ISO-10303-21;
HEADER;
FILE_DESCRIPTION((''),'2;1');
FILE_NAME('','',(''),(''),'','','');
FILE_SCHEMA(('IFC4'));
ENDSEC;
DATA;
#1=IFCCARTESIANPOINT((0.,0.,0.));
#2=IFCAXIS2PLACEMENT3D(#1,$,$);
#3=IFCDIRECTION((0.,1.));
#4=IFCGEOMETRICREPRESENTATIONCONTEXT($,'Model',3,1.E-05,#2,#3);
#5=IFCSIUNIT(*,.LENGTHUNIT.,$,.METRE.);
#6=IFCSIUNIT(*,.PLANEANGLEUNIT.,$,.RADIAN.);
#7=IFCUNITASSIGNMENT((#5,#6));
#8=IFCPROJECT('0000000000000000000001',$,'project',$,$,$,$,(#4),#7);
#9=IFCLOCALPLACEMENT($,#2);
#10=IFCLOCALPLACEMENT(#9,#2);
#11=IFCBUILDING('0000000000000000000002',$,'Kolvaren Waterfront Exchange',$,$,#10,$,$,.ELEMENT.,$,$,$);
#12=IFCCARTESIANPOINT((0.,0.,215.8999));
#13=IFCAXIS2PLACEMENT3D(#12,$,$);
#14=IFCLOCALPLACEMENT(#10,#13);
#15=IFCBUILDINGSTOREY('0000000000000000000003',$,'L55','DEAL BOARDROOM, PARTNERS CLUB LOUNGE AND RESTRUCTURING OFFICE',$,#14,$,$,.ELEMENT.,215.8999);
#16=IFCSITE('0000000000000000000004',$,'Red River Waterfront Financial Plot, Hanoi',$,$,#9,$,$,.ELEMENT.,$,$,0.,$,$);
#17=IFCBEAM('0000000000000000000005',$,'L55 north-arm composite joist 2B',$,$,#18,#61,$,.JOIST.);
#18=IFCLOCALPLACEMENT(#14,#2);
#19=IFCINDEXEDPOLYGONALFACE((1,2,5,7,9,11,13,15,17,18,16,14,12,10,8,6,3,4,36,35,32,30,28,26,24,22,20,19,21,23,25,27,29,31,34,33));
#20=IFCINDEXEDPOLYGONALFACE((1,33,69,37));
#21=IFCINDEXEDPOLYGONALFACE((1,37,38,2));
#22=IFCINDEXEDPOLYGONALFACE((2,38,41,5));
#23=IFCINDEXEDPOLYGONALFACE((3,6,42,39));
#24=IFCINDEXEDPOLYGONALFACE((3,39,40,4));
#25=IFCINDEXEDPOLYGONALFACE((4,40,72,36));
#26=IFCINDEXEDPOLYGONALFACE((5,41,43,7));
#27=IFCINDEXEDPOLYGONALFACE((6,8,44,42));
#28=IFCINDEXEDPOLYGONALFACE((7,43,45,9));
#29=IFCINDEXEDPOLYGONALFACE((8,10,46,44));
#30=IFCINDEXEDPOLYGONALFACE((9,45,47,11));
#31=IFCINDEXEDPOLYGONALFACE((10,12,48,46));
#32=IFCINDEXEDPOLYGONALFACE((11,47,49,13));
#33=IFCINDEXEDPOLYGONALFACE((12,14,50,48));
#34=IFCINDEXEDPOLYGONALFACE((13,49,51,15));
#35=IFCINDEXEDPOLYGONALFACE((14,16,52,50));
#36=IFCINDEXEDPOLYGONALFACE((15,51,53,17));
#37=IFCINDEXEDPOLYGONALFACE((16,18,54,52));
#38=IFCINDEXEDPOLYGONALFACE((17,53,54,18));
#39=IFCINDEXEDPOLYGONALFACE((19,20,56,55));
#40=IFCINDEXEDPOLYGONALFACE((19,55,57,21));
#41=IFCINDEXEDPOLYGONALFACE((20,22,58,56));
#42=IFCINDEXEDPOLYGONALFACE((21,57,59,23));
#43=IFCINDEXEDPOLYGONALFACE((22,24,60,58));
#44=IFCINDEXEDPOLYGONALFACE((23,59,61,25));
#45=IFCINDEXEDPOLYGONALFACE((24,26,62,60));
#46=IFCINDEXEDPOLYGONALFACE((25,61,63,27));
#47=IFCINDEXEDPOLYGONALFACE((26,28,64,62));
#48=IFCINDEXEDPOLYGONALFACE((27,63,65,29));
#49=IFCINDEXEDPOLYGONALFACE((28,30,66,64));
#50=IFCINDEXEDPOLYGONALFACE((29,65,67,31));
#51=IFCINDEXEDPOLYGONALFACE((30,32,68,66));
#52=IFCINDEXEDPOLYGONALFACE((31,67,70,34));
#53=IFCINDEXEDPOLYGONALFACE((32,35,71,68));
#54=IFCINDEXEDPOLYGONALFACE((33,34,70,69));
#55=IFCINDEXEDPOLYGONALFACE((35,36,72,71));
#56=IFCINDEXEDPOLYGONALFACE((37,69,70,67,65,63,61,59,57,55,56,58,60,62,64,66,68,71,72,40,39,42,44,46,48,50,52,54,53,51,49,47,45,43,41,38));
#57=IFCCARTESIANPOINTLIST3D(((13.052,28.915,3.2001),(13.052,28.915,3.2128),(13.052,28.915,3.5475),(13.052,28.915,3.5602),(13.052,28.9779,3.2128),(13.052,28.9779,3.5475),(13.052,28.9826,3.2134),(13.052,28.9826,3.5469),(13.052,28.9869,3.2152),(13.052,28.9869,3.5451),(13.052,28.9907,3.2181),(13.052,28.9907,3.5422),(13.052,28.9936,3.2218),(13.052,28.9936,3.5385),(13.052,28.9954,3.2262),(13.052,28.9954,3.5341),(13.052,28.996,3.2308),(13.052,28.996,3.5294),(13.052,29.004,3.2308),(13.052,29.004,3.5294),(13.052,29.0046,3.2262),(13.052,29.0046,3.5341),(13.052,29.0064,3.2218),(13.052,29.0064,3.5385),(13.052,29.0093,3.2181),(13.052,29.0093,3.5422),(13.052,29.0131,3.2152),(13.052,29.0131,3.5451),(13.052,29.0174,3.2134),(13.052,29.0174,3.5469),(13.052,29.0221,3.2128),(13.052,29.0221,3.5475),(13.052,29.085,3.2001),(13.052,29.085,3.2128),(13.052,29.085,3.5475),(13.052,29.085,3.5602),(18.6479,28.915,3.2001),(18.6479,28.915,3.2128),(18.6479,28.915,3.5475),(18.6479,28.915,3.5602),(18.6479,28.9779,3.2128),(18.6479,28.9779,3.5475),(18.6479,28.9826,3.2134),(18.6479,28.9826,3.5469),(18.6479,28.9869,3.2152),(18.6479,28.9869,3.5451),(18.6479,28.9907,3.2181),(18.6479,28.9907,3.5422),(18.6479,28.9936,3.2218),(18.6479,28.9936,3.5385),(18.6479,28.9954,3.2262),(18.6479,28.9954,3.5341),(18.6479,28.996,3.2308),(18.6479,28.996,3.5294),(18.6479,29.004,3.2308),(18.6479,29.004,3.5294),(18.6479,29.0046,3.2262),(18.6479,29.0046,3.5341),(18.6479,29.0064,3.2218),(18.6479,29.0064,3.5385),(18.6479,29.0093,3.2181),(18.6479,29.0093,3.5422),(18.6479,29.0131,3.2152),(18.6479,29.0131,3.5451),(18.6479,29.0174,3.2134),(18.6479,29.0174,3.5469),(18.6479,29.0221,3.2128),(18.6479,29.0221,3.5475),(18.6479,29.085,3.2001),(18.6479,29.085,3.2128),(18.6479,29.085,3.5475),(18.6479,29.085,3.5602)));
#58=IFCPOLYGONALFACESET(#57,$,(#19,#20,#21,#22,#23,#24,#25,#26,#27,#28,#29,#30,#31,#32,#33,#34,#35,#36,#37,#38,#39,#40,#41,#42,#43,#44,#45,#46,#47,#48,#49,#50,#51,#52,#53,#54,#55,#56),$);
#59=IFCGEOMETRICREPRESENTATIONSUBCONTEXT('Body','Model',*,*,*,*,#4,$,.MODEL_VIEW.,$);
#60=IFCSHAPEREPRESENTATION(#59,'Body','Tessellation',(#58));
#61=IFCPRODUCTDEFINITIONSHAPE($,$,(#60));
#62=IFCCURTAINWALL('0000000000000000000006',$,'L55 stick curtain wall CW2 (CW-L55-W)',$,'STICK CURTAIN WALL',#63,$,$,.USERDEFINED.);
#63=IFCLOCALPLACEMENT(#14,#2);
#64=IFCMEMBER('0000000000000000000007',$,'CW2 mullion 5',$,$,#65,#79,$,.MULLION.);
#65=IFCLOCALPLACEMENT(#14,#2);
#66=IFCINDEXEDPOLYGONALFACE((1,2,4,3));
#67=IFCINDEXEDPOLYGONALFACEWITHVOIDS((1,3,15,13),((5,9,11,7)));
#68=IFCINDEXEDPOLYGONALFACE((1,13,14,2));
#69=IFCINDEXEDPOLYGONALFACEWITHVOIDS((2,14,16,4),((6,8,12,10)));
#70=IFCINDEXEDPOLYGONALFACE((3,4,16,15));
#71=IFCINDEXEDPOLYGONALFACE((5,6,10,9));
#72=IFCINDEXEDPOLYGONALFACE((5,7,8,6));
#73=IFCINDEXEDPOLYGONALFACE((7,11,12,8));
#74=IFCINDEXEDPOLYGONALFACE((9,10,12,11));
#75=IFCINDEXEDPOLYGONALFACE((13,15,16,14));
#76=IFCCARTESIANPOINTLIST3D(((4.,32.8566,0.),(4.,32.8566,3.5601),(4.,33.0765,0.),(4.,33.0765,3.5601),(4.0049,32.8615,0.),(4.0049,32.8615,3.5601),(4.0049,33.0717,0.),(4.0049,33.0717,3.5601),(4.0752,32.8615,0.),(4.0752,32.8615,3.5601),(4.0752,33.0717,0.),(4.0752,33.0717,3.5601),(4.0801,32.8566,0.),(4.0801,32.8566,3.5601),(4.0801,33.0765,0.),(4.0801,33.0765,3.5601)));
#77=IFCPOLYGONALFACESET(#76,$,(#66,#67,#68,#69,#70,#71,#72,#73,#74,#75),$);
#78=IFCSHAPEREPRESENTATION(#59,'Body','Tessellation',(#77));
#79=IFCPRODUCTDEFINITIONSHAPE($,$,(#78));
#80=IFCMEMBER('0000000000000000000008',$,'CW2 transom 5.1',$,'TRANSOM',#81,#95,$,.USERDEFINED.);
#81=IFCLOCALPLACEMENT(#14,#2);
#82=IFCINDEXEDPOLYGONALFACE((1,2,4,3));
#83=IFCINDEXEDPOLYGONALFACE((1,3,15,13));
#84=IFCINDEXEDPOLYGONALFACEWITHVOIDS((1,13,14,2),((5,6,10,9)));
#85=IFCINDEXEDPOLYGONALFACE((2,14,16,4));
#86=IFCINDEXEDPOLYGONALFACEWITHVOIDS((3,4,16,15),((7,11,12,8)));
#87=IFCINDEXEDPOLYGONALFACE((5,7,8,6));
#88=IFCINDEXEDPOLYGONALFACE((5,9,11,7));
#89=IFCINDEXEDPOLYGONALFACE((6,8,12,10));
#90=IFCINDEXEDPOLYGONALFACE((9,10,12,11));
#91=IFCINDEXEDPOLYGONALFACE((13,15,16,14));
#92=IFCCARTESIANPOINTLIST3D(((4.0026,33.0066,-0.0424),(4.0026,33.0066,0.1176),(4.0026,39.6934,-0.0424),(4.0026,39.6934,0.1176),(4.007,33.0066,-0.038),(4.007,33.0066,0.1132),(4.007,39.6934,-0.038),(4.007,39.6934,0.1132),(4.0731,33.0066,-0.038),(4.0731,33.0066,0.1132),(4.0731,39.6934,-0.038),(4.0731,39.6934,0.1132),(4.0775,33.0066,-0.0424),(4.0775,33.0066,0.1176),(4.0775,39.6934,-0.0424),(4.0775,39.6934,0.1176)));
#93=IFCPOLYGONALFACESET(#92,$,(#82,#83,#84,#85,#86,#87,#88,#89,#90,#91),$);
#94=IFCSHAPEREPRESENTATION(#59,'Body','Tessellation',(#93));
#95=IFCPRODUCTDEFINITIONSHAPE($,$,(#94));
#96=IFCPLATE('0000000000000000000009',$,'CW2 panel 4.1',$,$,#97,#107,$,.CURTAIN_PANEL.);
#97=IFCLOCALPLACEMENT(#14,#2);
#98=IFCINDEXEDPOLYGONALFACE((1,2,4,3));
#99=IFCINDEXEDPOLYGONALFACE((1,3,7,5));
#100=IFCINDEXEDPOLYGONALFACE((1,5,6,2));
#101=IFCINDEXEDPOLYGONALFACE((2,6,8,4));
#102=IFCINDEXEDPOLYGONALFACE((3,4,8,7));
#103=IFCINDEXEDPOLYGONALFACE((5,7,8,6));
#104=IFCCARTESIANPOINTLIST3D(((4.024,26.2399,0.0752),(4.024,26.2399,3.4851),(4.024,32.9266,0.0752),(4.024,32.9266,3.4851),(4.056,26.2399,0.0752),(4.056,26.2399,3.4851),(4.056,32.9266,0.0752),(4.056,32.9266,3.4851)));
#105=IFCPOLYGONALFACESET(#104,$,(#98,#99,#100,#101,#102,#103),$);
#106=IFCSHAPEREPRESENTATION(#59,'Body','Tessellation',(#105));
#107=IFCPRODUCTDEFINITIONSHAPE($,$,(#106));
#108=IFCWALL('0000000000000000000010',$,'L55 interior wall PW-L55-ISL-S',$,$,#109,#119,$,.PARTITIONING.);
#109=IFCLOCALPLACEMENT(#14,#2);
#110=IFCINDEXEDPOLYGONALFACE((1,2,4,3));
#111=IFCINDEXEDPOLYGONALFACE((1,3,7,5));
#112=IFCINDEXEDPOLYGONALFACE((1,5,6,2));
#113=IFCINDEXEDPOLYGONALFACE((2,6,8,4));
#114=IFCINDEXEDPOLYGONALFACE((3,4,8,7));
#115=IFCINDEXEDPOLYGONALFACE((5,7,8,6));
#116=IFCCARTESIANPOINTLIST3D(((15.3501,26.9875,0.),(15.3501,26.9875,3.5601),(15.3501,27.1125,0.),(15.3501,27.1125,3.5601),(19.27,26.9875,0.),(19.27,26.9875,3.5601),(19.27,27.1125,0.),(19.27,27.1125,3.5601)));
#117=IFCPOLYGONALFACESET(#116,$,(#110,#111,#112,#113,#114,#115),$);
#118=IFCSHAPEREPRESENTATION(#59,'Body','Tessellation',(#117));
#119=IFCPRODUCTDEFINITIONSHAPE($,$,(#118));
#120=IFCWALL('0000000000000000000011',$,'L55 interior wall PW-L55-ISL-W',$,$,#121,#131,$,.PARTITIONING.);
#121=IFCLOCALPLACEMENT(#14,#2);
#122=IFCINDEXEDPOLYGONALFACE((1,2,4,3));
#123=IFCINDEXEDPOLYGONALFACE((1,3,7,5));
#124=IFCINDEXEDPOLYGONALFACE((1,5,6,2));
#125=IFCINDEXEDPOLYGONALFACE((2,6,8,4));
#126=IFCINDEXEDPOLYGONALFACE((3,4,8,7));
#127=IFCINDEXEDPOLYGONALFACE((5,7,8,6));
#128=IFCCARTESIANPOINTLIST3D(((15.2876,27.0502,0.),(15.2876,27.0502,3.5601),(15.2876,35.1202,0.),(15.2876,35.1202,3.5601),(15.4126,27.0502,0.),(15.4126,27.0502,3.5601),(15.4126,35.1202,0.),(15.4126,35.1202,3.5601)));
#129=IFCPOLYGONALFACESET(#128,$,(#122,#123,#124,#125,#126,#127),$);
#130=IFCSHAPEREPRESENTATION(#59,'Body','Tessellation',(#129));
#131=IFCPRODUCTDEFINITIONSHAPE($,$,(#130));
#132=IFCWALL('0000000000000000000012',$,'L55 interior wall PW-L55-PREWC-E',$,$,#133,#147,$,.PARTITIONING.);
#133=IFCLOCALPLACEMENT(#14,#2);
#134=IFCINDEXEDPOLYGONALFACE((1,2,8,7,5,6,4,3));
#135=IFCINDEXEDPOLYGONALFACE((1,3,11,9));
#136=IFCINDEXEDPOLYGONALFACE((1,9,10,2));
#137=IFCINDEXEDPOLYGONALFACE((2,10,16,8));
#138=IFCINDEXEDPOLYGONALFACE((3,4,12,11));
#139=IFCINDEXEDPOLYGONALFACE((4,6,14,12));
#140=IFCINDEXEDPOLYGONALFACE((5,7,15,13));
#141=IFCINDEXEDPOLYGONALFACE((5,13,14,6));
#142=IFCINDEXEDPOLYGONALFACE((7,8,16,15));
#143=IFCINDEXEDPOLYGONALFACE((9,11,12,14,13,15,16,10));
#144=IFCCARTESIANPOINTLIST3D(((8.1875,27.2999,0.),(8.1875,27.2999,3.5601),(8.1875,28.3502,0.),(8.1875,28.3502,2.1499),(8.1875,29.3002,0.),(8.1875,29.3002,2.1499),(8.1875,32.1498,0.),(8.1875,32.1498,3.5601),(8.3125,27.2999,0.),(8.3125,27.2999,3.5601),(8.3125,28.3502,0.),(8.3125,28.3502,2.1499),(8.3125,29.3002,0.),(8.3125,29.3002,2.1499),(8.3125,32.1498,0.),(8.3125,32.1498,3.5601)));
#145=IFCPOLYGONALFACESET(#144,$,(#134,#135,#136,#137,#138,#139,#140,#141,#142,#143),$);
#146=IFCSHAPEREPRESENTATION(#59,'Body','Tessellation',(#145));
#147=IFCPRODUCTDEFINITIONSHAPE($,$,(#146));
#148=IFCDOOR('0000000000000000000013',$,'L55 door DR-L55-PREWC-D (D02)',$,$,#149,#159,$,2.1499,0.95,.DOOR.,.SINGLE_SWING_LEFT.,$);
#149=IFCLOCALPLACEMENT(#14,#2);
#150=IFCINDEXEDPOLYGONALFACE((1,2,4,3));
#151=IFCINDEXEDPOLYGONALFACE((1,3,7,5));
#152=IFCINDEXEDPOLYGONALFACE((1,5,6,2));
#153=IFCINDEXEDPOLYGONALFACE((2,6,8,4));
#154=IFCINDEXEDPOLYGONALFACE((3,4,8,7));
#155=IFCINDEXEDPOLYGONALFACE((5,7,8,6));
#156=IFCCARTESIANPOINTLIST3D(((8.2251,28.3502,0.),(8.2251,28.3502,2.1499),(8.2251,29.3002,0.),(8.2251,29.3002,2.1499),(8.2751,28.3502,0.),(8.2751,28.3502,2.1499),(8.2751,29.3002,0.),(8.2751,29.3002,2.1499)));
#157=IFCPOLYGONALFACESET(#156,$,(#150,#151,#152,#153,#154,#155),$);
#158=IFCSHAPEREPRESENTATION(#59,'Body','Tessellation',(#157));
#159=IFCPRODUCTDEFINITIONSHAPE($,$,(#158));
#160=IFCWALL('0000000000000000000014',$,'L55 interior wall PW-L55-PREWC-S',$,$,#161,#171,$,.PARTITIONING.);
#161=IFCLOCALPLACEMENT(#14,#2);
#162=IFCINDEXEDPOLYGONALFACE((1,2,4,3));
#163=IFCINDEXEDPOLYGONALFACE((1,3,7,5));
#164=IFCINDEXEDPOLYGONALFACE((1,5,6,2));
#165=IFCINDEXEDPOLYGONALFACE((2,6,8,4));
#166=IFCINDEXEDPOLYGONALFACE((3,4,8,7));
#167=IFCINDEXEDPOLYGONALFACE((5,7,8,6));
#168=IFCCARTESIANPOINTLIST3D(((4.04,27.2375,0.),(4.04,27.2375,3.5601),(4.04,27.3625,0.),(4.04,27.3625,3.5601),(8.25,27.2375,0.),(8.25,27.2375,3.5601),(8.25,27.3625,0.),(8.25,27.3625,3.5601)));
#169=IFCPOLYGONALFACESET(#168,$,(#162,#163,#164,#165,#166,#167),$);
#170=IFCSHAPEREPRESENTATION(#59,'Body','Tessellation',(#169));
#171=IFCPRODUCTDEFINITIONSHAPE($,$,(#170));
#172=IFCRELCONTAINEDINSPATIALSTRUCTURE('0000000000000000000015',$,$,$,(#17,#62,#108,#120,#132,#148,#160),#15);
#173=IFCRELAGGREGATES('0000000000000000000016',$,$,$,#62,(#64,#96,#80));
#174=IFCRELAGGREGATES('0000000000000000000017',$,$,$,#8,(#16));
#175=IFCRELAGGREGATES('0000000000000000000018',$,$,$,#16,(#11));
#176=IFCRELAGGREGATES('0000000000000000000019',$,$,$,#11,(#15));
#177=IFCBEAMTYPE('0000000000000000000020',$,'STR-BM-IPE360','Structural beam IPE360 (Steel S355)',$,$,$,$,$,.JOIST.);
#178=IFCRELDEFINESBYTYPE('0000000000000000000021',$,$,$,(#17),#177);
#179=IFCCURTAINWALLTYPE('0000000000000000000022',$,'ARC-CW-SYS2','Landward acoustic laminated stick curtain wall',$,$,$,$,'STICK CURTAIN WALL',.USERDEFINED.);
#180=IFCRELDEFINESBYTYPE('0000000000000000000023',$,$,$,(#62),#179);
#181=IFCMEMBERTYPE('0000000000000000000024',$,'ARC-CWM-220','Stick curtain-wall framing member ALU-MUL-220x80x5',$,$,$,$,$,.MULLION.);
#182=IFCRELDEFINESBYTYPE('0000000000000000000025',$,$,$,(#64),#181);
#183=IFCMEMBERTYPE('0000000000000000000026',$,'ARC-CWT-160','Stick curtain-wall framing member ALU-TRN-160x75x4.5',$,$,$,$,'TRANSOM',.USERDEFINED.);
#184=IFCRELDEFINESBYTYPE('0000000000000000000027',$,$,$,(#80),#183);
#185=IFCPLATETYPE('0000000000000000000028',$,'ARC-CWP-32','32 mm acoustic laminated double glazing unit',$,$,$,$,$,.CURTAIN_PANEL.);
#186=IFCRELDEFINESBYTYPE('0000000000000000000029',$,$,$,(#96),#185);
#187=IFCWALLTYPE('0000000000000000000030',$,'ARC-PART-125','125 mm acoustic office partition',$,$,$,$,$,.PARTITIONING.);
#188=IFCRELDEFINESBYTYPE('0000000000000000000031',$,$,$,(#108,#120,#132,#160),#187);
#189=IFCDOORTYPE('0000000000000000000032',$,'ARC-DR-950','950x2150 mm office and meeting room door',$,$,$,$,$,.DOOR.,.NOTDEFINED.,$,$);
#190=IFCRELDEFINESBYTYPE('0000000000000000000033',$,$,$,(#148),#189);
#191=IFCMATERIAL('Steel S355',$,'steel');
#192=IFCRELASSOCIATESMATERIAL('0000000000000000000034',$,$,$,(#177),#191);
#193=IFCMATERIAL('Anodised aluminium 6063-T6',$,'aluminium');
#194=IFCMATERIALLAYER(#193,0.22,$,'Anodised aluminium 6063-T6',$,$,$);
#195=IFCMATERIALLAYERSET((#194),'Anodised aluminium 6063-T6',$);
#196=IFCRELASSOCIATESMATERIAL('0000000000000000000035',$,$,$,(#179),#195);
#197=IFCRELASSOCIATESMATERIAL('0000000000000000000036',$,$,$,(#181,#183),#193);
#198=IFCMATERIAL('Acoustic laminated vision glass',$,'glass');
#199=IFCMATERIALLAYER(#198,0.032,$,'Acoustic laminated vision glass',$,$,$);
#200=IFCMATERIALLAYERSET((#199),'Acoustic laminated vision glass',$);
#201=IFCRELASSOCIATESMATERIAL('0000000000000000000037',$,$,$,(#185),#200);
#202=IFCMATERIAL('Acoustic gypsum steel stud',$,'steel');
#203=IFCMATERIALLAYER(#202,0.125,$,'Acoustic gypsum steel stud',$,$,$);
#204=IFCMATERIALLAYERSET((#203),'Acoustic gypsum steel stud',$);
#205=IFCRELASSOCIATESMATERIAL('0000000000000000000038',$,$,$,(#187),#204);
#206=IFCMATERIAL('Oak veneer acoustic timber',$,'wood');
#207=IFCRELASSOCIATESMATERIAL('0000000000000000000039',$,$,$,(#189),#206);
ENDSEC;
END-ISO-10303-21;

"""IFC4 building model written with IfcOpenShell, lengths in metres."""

from ifc_helpers import new_model, si_unit, direction, frame, frame_2d, origin, origin_with_axes, origin_2d, place, context, subcontext, project, spatial, rectangle, hollow_rectangle, i_section, extrude, source, transform, mapped, material, layer, layer_set, material_profile, profile_set, type_object, element, fill, aggregate, save


model = new_model("IFC4")

# Units and contexts
model_context = context("Model", 3, precision=1e-05, world=origin(), true_north=direction((0.0, 1.0)))
body_context = subcontext(model_context, "Body", "Model", "MODEL_VIEW")
ifc_project = project(units=[si_unit("LENGTHUNIT", "METRE"), si_unit("PLANEANGLEUNIT", "RADIAN")], contexts=[model_context])

# Site, building, storey
site_placement = place(None, origin())
site = spatial("IfcSite", under=ifc_project, at=site_placement, Name="Red River Waterfront Financial Plot, Hanoi", CompositionType="ELEMENT", RefElevation=0.0)
building_placement = place(site_placement, origin())
building = spatial("IfcBuilding", under=site, at=building_placement, Name="Kolvaren Waterfront Exchange", CompositionType="ELEMENT")
storey_placement = place(building_placement, frame((0.0, 0.0, 215.8999)))
storey = spatial("IfcBuildingStorey", under=building, at=storey_placement, Name="L55", Description="DEAL BOARDROOM, PARTNERS CLUB LOUNGE AND RESTRUCTURING OFFICE", CompositionType="ELEMENT", Elevation=215.8999)

# Beam
ifc_material_1 = material(Name="Steel S355", Category="steel")
ifc_material_profile_1 = material_profile(ifc_material_1, i_section(OverallWidth=0.1699, OverallDepth=0.3601, WebThickness=0.0081, FlangeThickness=0.0127, FilletRadius=0.0181, at=origin_2d()), Name="IPE360")
ifc_profile_set_1 = profile_set([ifc_material_profile_1], Name="Steel S355")
beam_type_1 = type_object("IfcBeamType", Name="STR-BM-IPE360", Description="Structural beam IPE360 (Steel S355)", PredefinedType="JOIST", material=ifc_profile_set_1)
beam_1_placement = place(storey_placement, frame((13.052, 29.0, 3.3801), z_axis=(1.0, 0.0, 0.0), x_axis=(0.0, 1.0, 0.0)))
element("IfcBeam", 1, at=beam_1_placement, inside=storey, type_object=beam_type_1, Name="L55 north-arm composite joist 2B", PredefinedType="JOIST", context=body_context, shape_type="SweptSolid", body=[
    extrude(i_section(OverallWidth=0.1699, OverallDepth=0.3601, WebThickness=0.0081, FlangeThickness=0.0127, FilletRadius=0.0181, at=origin_2d()), origin(), (0.0, 0.0, 1.0), 5.5959),
])

# Curtain wall, members, plate
ifc_material_2 = material(Name="Anodised aluminium 6063-T6", Category="aluminium")
ifc_layer_1 = layer(ifc_material_2, 0.22, Name="Anodised aluminium 6063-T6")
ifc_layer_set_1 = layer_set([ifc_layer_1], Name="Anodised aluminium 6063-T6")
curtain_wall_type = type_object("IfcCurtainWallType", Name="ARC-CW-SYS2", Description="Landward acoustic laminated stick curtain wall", ElementType="STICK CURTAIN WALL", PredefinedType="USERDEFINED", material=ifc_layer_set_1)
curtain_wall_placement = place(storey_placement, origin())
curtain_wall = element("IfcCurtainWall", 2, at=curtain_wall_placement, inside=storey, type_object=curtain_wall_type, Name="L55 stick curtain wall CW2 (CW-L55-W)", ObjectType="STICK CURTAIN WALL", PredefinedType="USERDEFINED")
ifc_material_profile_2 = material_profile(ifc_material_2, hollow_rectangle(XDim=0.0801, YDim=0.22, WallThickness=0.0049, at=origin_2d()), Name="ALU-MUL-220x80x5")
ifc_profile_set_2 = profile_set([ifc_material_profile_2], Name="Anodised aluminium 6063-T6")
member_type_1 = type_object("IfcMemberType", Name="ARC-CWM-220", Description="Stick curtain-wall framing member ALU-MUL-220x80x5", PredefinedType="MULLION", material=ifc_profile_set_2)
shared_shape_1 = source(origin_with_axes(), body_context, "Body", "SweptSolid", [
    extrude(hollow_rectangle(XDim=0.0801, YDim=0.22, WallThickness=0.0049, at=origin_2d()), origin(), (0.0, 0.0, 1.0), 3.5601),
])
member_1_placement = place(storey_placement, frame((4.04, 32.9666, 0.0), z_axis=(0.0, 0.0, 1.0), x_axis=(-1.0, 0.0, 0.0)))
member_1 = element("IfcMember", 3, at=member_1_placement, type_object=member_type_1, Name="CW2 mullion 5", PredefinedType="MULLION", context=body_context, shape_type="MappedRepresentation", body=[
    mapped(shared_shape_1, transform((0.0, 0.0, 0.0), x_axis=(1.0, 0.0, 0.0), y_axis=(0.0, 1.0, 0.0), z_axis=(0.0, 0.0, 1.0), scale=1.0)),
])
ifc_material_profile_3 = material_profile(ifc_material_2, hollow_rectangle(XDim=0.075, YDim=0.1599, WallThickness=0.0044, at=origin_2d()), Name="ALU-TRN-160x75x4.5")
ifc_profile_set_3 = profile_set([ifc_material_profile_3], Name="Anodised aluminium 6063-T6")
member_type_2 = type_object("IfcMemberType", Name="ARC-CWT-160", Description="Stick curtain-wall framing member ALU-TRN-160x75x4.5", ElementType="TRANSOM", PredefinedType="USERDEFINED", material=ifc_profile_set_3)
shared_shape_2 = source(origin_with_axes(), body_context, "Body", "SweptSolid", [
    extrude(hollow_rectangle(XDim=0.075, YDim=0.1599, WallThickness=0.0044, at=origin_2d()), origin(), (0.0, 0.0, 1.0), 6.6868),
])
member_2_placement = place(storey_placement, frame((4.04, 33.0066, 0.0376), z_axis=(0.0, 1.0, 0.0), x_axis=(-1.0, 0.0, 0.0)))
member_2 = element("IfcMember", 4, at=member_2_placement, type_object=member_type_2, Name="CW2 transom 5.1", ObjectType="TRANSOM", PredefinedType="USERDEFINED", context=body_context, shape_type="MappedRepresentation", body=[
    mapped(shared_shape_2, transform((0.0, 0.0, 0.0), x_axis=(1.0, 0.0, 0.0), y_axis=(0.0, 1.0, 0.0), z_axis=(0.0, 0.0, 1.0), scale=1.0)),
])
ifc_material_3 = material(Name="Acoustic laminated vision glass", Category="glass")
ifc_layer_2 = layer(ifc_material_3, 0.032, Name="Acoustic laminated vision glass")
ifc_layer_set_2 = layer_set([ifc_layer_2], Name="Acoustic laminated vision glass")
plate_type = type_object("IfcPlateType", Name="ARC-CWP-32", Description="32 mm acoustic laminated double glazing unit", PredefinedType="CURTAIN_PANEL", material=ifc_layer_set_2)
shared_shape_3 = source(origin_with_axes(), body_context, "Body", "SweptSolid", [
    extrude(rectangle(XDim=6.6868, YDim=0.032, at=origin_2d()), origin(), (0.0, 0.0, 1.0), 3.4099),
])
plate_placement = place(storey_placement, frame((4.04, 29.5833, 0.0752), z_axis=(0.0, 0.0, 1.0), x_axis=(0.0, 1.0, 0.0)))
plate = element("IfcPlate", 5, at=plate_placement, type_object=plate_type, Name="CW2 panel 4.1", PredefinedType="CURTAIN_PANEL", context=body_context, shape_type="MappedRepresentation", body=[
    mapped(shared_shape_3, transform((0.0, 0.0, 0.0), x_axis=(1.0, 0.0, 0.0), y_axis=(0.0, 1.0, 0.0), z_axis=(0.0, 0.0, 1.0), scale=1.0)),
])
aggregate(curtain_wall, [member_1, plate, member_2])

# Walls
ifc_material_4 = material(Name="Acoustic gypsum steel stud", Category="steel")
ifc_layer_3 = layer(ifc_material_4, 0.125, Name="Acoustic gypsum steel stud")
ifc_layer_set_3 = layer_set([ifc_layer_3], Name="Acoustic gypsum steel stud")
wall_type_1 = type_object("IfcWallType", Name="ARC-PART-125", Description="125 mm acoustic office partition", PredefinedType="PARTITIONING", material=ifc_layer_set_3)
wall_1_placement = place(storey_placement, frame((15.3501, 27.05, 0.0), z_axis=(0.0, 0.0, 1.0), x_axis=(1.0, 0.0, 0.0)))
element("IfcWall", 6, at=wall_1_placement, inside=storey, type_object=wall_type_1, Name="L55 interior wall PW-L55-ISL-S", PredefinedType="PARTITIONING", context=body_context, shape_type="SweptSolid", body=[
    extrude(rectangle(XDim=3.9199, YDim=0.125, at=frame_2d((1.96, 0.0))), origin(), (0.0, 0.0, 1.0), 3.5601),
])
wall_2_placement = place(storey_placement, frame((15.3501, 27.05, 0.0), z_axis=(0.0, 0.0, 1.0), x_axis=(0.0, 1.0, 0.0)))
element("IfcWall", 7, at=wall_2_placement, inside=storey, type_object=wall_type_1, Name="L55 interior wall PW-L55-ISL-W", PredefinedType="PARTITIONING", context=body_context, shape_type="SweptSolid", body=[
    extrude(rectangle(XDim=8.0701, YDim=0.125, at=frame_2d((4.0352, 0.0))), origin(), (0.0, 0.0, 1.0), 3.5601),
])

# Wall, opening, door
wall_3_placement = place(storey_placement, frame((8.25, 27.3, 0.0), z_axis=(0.0, 0.0, 1.0), x_axis=(0.0, 1.0, 0.0)))
wall_3 = element("IfcWall", 8, at=wall_3_placement, inside=storey, type_object=wall_type_1, Name="L55 interior wall PW-L55-PREWC-E", PredefinedType="PARTITIONING", context=body_context, shape_type="SweptSolid", body=[
    extrude(rectangle(XDim=4.8499, YDim=0.125, at=frame_2d((2.4248, 0.0))), origin(), (0.0, 0.0, 1.0), 3.5601),
])
opening_1_placement = place(wall_3_placement, frame((1.05, 0.0, 0.0)))
opening_1 = element("IfcOpeningElement", 9, at=opening_1_placement, cuts=wall_3, PredefinedType="OPENING", context=body_context, shape_type="SweptSolid", body=[
    extrude(rectangle(XDim=0.95, YDim=2.1499, at=frame_2d((0.4751, 1.075))), frame((0.0, 0.0725, 0.0), z_axis=(0.0, -1.0, 0.0), x_axis=(1.0, 0.0, 0.0)), (0.0, 0.0, 1.0), 0.145),
])
ifc_material_5 = material(Name="Oak veneer acoustic timber", Category="wood")
door_type_1 = type_object("IfcDoorType", Name="ARC-DR-950", Description="950x2150 mm office and meeting room door", OperationType="NOTDEFINED", PredefinedType="DOOR", material=ifc_material_5)
door_1_placement = place(opening_1_placement, origin())
door_1 = element("IfcDoor", 10, at=door_1_placement, inside=storey, type_object=door_type_1, Name="L55 door DR-L55-PREWC-D (D02)", OperationType="SINGLE_SWING_LEFT", OverallHeight=2.1499, OverallWidth=0.95, PredefinedType="DOOR", context=body_context, shape_type="SweptSolid", body=[
    extrude(rectangle(XDim=0.95, YDim=2.1499, at=frame_2d((0.4751, 1.075))), frame((0.0, 0.0249, 0.0), z_axis=(0.0, -1.0, 0.0), x_axis=(1.0, 0.0, 0.0)), (0.0, 0.0, 1.0), 0.05),
])
fill(opening_1, door_1)

# Wall
wall_4_placement = place(storey_placement, frame((4.04, 27.3, 0.0), z_axis=(0.0, 0.0, 1.0), x_axis=(1.0, 0.0, 0.0)))
element("IfcWall", 11, at=wall_4_placement, inside=storey, type_object=wall_type_1, Name="L55 interior wall PW-L55-PREWC-S", PredefinedType="PARTITIONING", context=body_context, shape_type="SweptSolid", body=[
    extrude(rectangle(XDim=4.21, YDim=0.125, at=frame_2d((2.105, 0.0))), origin(), (0.0, 0.0, 1.0), 3.5601),
])

save(model, "model.ifc")
